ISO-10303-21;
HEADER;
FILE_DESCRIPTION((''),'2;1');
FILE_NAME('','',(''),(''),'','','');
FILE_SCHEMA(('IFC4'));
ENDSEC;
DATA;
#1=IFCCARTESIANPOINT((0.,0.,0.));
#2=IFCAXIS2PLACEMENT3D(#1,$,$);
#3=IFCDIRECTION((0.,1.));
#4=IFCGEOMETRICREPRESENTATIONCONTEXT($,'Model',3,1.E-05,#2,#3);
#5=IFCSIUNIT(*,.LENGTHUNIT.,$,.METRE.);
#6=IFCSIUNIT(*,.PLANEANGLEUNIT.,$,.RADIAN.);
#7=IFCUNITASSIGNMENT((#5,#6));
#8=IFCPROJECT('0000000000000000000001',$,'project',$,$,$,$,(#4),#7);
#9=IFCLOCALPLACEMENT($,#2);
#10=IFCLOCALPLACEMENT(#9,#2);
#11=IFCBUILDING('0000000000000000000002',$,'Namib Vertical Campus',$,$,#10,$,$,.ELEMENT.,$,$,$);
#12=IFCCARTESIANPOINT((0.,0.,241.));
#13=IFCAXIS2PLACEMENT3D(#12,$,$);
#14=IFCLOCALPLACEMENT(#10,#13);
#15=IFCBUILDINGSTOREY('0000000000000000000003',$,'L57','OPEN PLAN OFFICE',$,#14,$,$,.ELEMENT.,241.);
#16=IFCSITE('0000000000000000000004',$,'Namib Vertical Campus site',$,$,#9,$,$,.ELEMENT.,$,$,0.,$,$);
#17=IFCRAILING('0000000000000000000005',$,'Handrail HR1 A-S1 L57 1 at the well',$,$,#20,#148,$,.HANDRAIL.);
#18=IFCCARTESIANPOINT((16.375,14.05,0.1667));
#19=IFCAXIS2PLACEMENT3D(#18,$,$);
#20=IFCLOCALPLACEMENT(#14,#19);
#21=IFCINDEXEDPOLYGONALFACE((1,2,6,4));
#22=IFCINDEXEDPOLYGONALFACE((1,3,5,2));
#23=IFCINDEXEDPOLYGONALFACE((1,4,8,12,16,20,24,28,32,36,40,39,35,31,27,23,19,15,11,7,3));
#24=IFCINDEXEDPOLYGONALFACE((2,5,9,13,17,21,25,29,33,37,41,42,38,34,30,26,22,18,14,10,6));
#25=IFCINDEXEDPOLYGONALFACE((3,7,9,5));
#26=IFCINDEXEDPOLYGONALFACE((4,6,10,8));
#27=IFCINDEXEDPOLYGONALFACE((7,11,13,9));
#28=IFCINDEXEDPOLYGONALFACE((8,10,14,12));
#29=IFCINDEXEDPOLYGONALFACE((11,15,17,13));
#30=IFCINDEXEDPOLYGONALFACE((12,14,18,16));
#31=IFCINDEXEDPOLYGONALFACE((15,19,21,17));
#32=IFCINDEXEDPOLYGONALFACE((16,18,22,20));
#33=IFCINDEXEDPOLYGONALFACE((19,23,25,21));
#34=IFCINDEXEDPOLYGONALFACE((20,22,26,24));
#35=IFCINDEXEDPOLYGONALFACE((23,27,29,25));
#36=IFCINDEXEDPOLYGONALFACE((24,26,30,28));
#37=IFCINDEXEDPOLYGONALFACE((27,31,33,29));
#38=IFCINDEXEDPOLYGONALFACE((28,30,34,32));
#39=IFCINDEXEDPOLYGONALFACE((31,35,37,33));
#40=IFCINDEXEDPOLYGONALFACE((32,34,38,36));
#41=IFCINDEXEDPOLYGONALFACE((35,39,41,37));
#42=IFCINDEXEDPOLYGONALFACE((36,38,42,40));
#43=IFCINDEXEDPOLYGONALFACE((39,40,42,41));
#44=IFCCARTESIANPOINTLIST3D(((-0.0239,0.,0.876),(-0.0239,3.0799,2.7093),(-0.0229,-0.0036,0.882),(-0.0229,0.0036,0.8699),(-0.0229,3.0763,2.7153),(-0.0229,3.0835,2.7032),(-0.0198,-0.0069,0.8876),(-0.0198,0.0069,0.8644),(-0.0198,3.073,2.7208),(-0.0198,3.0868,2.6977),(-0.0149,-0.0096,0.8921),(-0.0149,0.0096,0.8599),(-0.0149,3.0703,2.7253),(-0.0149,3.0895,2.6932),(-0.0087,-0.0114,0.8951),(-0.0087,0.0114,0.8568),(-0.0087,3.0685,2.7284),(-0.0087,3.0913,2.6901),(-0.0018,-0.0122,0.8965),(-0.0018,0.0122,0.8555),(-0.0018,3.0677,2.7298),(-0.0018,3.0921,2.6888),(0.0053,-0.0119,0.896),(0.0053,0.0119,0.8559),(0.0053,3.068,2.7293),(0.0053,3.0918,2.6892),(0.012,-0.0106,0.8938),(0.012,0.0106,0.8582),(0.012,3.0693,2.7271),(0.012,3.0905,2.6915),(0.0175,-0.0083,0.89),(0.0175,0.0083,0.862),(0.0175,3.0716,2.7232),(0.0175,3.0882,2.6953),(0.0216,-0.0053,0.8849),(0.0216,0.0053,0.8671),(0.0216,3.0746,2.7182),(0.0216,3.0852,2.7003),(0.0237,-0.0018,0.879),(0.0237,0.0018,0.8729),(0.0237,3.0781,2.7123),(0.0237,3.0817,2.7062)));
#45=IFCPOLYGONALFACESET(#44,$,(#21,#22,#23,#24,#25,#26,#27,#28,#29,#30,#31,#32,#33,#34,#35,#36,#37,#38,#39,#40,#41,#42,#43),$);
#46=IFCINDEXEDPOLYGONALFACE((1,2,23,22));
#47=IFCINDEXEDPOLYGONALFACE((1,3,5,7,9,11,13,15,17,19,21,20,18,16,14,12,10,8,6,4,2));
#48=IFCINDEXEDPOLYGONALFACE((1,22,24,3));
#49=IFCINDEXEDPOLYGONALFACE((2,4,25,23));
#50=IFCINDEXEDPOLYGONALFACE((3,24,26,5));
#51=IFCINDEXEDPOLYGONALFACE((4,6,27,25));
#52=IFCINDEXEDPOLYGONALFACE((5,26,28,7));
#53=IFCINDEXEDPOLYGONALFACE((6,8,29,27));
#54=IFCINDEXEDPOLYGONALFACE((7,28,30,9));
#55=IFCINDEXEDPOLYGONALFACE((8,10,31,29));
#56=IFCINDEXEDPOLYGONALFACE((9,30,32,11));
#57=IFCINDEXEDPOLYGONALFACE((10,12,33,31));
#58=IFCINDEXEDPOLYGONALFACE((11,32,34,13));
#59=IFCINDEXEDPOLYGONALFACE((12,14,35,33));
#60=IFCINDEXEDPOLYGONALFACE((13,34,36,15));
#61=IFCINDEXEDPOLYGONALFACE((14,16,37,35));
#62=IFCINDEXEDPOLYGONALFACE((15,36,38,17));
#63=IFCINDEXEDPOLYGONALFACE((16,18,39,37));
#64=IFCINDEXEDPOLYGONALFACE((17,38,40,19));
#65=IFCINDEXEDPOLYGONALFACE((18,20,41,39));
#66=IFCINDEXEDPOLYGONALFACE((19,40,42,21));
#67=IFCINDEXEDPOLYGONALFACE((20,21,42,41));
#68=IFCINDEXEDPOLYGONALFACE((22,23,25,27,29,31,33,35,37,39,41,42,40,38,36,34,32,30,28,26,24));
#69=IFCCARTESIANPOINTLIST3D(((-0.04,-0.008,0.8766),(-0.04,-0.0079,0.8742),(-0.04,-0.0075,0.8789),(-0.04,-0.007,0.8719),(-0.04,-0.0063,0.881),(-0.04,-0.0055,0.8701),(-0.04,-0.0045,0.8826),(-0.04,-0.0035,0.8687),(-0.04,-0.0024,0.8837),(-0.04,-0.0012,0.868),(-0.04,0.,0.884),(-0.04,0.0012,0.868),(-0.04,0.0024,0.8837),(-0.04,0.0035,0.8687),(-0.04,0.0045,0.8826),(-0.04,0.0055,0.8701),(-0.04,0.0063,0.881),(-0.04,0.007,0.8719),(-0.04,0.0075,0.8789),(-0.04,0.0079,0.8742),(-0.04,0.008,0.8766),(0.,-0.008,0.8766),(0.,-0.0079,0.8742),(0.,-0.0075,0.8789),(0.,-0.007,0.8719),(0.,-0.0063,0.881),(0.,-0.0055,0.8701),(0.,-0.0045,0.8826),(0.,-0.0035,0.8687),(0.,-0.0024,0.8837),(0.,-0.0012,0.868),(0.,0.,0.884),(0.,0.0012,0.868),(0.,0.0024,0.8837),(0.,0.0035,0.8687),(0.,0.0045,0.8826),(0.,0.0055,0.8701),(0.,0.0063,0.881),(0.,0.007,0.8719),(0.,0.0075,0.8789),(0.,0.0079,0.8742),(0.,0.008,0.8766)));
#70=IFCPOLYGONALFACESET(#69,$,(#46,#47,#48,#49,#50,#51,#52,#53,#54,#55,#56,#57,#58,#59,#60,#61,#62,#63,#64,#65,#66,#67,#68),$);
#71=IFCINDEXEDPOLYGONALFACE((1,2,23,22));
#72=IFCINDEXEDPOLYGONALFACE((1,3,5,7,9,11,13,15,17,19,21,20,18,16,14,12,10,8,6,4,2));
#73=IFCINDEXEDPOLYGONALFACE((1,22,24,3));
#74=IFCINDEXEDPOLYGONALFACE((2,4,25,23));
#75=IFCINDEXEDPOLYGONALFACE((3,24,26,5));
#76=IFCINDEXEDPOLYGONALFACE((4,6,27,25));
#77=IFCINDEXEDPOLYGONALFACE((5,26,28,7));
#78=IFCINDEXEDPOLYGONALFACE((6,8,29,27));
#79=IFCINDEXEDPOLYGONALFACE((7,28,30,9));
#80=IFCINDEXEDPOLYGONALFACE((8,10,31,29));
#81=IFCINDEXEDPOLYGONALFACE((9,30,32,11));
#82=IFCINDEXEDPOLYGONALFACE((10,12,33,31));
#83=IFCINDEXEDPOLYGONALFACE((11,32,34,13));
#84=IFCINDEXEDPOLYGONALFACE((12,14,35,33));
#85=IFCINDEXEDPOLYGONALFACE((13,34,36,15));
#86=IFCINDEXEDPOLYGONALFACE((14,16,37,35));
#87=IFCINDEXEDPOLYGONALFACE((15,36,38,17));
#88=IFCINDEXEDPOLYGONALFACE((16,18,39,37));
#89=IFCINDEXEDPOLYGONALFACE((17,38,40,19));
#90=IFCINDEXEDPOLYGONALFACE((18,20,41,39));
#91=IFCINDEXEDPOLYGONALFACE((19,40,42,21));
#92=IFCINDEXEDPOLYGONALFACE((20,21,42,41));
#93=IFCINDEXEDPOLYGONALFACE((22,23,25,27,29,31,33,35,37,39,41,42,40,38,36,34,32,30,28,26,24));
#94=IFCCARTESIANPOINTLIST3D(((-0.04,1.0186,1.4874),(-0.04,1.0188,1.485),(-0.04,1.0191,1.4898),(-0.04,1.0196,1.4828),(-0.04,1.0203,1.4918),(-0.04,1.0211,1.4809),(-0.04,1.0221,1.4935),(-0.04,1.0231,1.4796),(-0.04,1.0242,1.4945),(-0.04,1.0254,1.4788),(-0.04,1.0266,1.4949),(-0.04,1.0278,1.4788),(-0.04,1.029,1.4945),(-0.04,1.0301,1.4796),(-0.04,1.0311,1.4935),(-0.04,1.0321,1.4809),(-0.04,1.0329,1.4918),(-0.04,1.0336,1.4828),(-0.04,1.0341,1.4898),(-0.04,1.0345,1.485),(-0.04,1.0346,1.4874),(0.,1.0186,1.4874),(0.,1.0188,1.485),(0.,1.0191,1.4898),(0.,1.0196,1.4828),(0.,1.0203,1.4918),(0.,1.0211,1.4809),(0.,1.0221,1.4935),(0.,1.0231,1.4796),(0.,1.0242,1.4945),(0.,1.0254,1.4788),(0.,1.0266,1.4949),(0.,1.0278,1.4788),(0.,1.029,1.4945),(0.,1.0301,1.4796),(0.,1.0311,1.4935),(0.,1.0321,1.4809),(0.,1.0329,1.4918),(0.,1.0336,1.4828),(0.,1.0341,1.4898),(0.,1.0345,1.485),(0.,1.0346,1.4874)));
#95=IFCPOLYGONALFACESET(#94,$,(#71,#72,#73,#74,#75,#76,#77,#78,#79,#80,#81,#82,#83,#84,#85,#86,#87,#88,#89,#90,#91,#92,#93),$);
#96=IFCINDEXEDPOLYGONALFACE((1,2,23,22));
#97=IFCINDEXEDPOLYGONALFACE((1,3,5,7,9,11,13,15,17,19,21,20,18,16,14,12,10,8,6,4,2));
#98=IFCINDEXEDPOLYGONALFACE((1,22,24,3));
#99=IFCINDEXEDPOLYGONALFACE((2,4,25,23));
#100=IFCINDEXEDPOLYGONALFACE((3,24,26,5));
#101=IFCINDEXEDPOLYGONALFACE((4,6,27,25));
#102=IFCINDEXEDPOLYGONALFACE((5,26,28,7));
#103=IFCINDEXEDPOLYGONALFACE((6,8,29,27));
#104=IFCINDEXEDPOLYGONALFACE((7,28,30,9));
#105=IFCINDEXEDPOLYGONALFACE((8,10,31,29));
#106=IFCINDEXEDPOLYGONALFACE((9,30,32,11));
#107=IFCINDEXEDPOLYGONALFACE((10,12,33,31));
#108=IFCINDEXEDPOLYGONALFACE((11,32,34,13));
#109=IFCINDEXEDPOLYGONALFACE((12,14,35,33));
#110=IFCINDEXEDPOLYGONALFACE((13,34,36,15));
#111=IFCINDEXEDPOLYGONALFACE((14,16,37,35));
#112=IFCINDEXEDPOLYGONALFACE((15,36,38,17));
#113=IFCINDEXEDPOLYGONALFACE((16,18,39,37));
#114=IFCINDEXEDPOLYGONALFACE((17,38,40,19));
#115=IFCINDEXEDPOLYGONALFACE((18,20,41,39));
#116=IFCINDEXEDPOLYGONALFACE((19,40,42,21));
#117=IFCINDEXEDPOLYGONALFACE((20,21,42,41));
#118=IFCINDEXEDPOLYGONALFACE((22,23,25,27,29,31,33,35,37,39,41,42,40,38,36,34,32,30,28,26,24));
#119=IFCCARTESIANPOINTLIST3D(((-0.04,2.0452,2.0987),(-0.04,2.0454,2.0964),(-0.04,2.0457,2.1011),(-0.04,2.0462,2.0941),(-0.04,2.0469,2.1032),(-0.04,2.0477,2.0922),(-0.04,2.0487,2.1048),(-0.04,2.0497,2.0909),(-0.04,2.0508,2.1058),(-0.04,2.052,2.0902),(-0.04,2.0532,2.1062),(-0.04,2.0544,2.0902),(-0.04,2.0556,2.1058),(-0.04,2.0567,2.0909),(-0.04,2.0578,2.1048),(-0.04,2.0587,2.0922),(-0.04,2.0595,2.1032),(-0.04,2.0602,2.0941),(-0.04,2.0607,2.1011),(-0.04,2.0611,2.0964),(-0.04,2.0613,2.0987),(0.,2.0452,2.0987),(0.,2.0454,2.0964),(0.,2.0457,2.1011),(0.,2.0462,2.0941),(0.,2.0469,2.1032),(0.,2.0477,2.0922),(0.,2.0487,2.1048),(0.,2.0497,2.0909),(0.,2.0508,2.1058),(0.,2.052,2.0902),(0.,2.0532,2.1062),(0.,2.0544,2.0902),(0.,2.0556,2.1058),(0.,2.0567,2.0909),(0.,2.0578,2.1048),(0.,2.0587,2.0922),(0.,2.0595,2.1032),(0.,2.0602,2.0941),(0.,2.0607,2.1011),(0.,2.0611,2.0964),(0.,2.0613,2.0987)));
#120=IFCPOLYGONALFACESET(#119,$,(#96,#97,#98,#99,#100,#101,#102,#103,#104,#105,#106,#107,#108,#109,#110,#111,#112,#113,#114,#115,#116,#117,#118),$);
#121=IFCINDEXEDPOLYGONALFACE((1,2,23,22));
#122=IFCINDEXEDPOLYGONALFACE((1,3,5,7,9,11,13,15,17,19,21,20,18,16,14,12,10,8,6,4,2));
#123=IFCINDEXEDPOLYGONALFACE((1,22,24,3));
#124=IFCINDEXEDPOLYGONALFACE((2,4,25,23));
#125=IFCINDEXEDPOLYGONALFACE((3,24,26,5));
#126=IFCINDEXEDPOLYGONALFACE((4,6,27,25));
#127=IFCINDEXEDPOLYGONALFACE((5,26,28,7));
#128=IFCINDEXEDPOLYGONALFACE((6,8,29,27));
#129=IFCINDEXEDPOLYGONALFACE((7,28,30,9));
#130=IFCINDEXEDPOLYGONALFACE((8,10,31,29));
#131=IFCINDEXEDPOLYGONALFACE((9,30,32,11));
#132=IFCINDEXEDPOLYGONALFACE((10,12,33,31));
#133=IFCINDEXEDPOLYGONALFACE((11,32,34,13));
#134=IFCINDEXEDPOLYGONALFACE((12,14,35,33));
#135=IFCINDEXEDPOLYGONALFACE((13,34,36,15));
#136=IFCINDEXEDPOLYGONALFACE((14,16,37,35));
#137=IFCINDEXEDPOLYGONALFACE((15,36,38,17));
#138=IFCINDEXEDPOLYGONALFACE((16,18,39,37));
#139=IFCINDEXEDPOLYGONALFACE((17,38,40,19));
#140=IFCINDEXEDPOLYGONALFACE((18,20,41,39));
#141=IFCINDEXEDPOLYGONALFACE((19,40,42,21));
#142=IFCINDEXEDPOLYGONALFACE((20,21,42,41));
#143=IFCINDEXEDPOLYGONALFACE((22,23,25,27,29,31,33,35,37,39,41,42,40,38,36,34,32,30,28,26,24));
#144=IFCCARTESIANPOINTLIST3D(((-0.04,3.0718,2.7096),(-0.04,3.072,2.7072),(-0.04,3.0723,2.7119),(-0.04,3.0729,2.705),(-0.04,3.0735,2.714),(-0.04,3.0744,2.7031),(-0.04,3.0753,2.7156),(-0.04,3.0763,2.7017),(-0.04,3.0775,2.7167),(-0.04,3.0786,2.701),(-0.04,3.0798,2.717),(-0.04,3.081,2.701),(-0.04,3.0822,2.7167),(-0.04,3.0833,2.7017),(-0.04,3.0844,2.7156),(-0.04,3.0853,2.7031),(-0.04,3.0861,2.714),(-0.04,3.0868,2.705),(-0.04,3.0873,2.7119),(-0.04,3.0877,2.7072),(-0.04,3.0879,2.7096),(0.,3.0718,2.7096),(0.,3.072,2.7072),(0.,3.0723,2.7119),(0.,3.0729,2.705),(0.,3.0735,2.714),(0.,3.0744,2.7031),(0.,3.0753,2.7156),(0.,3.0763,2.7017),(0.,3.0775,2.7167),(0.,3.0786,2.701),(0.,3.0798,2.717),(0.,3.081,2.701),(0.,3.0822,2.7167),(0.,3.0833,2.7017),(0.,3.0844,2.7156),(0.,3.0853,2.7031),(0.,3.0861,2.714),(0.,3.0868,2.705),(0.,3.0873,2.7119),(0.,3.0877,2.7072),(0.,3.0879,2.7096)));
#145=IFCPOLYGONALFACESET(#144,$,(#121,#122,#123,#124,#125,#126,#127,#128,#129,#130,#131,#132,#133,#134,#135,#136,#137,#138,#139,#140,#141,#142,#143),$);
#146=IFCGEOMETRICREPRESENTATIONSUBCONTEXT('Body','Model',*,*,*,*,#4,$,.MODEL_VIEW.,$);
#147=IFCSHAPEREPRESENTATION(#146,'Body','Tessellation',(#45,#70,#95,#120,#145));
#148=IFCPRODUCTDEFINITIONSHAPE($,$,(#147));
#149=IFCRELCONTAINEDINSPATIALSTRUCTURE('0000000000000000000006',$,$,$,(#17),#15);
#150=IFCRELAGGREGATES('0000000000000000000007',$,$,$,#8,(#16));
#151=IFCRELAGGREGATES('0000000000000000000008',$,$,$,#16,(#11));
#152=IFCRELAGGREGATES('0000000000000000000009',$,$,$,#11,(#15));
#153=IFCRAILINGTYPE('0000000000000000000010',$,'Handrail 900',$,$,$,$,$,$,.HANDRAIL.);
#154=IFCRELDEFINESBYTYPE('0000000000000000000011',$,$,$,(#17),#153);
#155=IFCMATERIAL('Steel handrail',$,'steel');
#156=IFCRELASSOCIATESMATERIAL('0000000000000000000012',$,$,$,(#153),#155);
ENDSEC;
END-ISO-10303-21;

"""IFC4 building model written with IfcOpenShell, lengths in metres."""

from ifc_helpers import new_model, si_unit, direction, frame, origin, origin_2d, place, context, subcontext, project, spatial, circle, extrude, material, type_object, element, save


model = new_model("IFC4")

# Units and contexts
model_context = context("Model", 3, precision=1e-05, world=origin(), true_north=direction((0.0, 1.0)))
body_context = subcontext(model_context, "Body", "Model", "MODEL_VIEW")
ifc_project = project(units=[si_unit("LENGTHUNIT", "METRE"), si_unit("PLANEANGLEUNIT", "RADIAN")], contexts=[model_context])

# Site, building, storey
site_placement = place(None, origin())
site = spatial("IfcSite", under=ifc_project, at=site_placement, Name="Namib Vertical Campus site", CompositionType="ELEMENT", RefElevation=0.0)
building_placement = place(site_placement, origin())
building = spatial("IfcBuilding", under=site, at=building_placement, Name="Namib Vertical Campus", CompositionType="ELEMENT")
storey_placement = place(building_placement, frame((0.0, 0.0, 241.0)))
storey = spatial("IfcBuildingStorey", under=building, at=storey_placement, Name="L57", Description="OPEN PLAN OFFICE", CompositionType="ELEMENT", Elevation=241.0)

# Railing
ifc_material_1 = material(Name="Steel handrail", Category="steel")
railing_type_1 = type_object("IfcRailingType", Name="Handrail 900", PredefinedType="HANDRAIL", material=ifc_material_1)
railing_1_placement = place(storey_placement, frame((16.375, 14.05, 0.1667)))
element("IfcRailing", 1, at=railing_1_placement, inside=storey, type_object=railing_type_1, Name="Handrail HR1 A-S1 L57 1 at the well", PredefinedType="HANDRAIL", context=body_context, shape_type="SweptSolid", body=[
    extrude(circle(Radius=0.0239, at=origin_2d()), frame((0.0, 0.0, 0.876), z_axis=(0.0, 0.859291, 0.511487), x_axis=(-1.0, 0.0, 0.0)), (0.0, 0.0, 1.0), 3.5842),
    extrude(circle(Radius=0.0081, at=origin_2d()), frame((0.0, 0.0, 0.876), z_axis=(-1.0, 0.0, 0.0), x_axis=(0.0, 0.0, 1.0)), (0.0, 0.0, 1.0), 0.04),
    extrude(circle(Radius=0.0081, at=origin_2d()), frame((0.0, 1.0266, 1.4868), z_axis=(-1.0, 0.0, 0.0), x_axis=(0.0, 0.0, 1.0)), (0.0, 0.0, 1.0), 0.04),
    extrude(circle(Radius=0.0081, at=origin_2d()), frame((0.0, 2.0532, 2.0981), z_axis=(-1.0, 0.0, 0.0), x_axis=(0.0, 0.0, 1.0)), (0.0, 0.0, 1.0), 0.04),
    extrude(circle(Radius=0.0081, at=origin_2d()), frame((0.0, 3.0798, 2.709), z_axis=(-1.0, 0.0, 0.0), x_axis=(0.0, 0.0, 1.0)), (0.0, 0.0, 1.0), 0.04),
])

save(model, "model.ifc")
